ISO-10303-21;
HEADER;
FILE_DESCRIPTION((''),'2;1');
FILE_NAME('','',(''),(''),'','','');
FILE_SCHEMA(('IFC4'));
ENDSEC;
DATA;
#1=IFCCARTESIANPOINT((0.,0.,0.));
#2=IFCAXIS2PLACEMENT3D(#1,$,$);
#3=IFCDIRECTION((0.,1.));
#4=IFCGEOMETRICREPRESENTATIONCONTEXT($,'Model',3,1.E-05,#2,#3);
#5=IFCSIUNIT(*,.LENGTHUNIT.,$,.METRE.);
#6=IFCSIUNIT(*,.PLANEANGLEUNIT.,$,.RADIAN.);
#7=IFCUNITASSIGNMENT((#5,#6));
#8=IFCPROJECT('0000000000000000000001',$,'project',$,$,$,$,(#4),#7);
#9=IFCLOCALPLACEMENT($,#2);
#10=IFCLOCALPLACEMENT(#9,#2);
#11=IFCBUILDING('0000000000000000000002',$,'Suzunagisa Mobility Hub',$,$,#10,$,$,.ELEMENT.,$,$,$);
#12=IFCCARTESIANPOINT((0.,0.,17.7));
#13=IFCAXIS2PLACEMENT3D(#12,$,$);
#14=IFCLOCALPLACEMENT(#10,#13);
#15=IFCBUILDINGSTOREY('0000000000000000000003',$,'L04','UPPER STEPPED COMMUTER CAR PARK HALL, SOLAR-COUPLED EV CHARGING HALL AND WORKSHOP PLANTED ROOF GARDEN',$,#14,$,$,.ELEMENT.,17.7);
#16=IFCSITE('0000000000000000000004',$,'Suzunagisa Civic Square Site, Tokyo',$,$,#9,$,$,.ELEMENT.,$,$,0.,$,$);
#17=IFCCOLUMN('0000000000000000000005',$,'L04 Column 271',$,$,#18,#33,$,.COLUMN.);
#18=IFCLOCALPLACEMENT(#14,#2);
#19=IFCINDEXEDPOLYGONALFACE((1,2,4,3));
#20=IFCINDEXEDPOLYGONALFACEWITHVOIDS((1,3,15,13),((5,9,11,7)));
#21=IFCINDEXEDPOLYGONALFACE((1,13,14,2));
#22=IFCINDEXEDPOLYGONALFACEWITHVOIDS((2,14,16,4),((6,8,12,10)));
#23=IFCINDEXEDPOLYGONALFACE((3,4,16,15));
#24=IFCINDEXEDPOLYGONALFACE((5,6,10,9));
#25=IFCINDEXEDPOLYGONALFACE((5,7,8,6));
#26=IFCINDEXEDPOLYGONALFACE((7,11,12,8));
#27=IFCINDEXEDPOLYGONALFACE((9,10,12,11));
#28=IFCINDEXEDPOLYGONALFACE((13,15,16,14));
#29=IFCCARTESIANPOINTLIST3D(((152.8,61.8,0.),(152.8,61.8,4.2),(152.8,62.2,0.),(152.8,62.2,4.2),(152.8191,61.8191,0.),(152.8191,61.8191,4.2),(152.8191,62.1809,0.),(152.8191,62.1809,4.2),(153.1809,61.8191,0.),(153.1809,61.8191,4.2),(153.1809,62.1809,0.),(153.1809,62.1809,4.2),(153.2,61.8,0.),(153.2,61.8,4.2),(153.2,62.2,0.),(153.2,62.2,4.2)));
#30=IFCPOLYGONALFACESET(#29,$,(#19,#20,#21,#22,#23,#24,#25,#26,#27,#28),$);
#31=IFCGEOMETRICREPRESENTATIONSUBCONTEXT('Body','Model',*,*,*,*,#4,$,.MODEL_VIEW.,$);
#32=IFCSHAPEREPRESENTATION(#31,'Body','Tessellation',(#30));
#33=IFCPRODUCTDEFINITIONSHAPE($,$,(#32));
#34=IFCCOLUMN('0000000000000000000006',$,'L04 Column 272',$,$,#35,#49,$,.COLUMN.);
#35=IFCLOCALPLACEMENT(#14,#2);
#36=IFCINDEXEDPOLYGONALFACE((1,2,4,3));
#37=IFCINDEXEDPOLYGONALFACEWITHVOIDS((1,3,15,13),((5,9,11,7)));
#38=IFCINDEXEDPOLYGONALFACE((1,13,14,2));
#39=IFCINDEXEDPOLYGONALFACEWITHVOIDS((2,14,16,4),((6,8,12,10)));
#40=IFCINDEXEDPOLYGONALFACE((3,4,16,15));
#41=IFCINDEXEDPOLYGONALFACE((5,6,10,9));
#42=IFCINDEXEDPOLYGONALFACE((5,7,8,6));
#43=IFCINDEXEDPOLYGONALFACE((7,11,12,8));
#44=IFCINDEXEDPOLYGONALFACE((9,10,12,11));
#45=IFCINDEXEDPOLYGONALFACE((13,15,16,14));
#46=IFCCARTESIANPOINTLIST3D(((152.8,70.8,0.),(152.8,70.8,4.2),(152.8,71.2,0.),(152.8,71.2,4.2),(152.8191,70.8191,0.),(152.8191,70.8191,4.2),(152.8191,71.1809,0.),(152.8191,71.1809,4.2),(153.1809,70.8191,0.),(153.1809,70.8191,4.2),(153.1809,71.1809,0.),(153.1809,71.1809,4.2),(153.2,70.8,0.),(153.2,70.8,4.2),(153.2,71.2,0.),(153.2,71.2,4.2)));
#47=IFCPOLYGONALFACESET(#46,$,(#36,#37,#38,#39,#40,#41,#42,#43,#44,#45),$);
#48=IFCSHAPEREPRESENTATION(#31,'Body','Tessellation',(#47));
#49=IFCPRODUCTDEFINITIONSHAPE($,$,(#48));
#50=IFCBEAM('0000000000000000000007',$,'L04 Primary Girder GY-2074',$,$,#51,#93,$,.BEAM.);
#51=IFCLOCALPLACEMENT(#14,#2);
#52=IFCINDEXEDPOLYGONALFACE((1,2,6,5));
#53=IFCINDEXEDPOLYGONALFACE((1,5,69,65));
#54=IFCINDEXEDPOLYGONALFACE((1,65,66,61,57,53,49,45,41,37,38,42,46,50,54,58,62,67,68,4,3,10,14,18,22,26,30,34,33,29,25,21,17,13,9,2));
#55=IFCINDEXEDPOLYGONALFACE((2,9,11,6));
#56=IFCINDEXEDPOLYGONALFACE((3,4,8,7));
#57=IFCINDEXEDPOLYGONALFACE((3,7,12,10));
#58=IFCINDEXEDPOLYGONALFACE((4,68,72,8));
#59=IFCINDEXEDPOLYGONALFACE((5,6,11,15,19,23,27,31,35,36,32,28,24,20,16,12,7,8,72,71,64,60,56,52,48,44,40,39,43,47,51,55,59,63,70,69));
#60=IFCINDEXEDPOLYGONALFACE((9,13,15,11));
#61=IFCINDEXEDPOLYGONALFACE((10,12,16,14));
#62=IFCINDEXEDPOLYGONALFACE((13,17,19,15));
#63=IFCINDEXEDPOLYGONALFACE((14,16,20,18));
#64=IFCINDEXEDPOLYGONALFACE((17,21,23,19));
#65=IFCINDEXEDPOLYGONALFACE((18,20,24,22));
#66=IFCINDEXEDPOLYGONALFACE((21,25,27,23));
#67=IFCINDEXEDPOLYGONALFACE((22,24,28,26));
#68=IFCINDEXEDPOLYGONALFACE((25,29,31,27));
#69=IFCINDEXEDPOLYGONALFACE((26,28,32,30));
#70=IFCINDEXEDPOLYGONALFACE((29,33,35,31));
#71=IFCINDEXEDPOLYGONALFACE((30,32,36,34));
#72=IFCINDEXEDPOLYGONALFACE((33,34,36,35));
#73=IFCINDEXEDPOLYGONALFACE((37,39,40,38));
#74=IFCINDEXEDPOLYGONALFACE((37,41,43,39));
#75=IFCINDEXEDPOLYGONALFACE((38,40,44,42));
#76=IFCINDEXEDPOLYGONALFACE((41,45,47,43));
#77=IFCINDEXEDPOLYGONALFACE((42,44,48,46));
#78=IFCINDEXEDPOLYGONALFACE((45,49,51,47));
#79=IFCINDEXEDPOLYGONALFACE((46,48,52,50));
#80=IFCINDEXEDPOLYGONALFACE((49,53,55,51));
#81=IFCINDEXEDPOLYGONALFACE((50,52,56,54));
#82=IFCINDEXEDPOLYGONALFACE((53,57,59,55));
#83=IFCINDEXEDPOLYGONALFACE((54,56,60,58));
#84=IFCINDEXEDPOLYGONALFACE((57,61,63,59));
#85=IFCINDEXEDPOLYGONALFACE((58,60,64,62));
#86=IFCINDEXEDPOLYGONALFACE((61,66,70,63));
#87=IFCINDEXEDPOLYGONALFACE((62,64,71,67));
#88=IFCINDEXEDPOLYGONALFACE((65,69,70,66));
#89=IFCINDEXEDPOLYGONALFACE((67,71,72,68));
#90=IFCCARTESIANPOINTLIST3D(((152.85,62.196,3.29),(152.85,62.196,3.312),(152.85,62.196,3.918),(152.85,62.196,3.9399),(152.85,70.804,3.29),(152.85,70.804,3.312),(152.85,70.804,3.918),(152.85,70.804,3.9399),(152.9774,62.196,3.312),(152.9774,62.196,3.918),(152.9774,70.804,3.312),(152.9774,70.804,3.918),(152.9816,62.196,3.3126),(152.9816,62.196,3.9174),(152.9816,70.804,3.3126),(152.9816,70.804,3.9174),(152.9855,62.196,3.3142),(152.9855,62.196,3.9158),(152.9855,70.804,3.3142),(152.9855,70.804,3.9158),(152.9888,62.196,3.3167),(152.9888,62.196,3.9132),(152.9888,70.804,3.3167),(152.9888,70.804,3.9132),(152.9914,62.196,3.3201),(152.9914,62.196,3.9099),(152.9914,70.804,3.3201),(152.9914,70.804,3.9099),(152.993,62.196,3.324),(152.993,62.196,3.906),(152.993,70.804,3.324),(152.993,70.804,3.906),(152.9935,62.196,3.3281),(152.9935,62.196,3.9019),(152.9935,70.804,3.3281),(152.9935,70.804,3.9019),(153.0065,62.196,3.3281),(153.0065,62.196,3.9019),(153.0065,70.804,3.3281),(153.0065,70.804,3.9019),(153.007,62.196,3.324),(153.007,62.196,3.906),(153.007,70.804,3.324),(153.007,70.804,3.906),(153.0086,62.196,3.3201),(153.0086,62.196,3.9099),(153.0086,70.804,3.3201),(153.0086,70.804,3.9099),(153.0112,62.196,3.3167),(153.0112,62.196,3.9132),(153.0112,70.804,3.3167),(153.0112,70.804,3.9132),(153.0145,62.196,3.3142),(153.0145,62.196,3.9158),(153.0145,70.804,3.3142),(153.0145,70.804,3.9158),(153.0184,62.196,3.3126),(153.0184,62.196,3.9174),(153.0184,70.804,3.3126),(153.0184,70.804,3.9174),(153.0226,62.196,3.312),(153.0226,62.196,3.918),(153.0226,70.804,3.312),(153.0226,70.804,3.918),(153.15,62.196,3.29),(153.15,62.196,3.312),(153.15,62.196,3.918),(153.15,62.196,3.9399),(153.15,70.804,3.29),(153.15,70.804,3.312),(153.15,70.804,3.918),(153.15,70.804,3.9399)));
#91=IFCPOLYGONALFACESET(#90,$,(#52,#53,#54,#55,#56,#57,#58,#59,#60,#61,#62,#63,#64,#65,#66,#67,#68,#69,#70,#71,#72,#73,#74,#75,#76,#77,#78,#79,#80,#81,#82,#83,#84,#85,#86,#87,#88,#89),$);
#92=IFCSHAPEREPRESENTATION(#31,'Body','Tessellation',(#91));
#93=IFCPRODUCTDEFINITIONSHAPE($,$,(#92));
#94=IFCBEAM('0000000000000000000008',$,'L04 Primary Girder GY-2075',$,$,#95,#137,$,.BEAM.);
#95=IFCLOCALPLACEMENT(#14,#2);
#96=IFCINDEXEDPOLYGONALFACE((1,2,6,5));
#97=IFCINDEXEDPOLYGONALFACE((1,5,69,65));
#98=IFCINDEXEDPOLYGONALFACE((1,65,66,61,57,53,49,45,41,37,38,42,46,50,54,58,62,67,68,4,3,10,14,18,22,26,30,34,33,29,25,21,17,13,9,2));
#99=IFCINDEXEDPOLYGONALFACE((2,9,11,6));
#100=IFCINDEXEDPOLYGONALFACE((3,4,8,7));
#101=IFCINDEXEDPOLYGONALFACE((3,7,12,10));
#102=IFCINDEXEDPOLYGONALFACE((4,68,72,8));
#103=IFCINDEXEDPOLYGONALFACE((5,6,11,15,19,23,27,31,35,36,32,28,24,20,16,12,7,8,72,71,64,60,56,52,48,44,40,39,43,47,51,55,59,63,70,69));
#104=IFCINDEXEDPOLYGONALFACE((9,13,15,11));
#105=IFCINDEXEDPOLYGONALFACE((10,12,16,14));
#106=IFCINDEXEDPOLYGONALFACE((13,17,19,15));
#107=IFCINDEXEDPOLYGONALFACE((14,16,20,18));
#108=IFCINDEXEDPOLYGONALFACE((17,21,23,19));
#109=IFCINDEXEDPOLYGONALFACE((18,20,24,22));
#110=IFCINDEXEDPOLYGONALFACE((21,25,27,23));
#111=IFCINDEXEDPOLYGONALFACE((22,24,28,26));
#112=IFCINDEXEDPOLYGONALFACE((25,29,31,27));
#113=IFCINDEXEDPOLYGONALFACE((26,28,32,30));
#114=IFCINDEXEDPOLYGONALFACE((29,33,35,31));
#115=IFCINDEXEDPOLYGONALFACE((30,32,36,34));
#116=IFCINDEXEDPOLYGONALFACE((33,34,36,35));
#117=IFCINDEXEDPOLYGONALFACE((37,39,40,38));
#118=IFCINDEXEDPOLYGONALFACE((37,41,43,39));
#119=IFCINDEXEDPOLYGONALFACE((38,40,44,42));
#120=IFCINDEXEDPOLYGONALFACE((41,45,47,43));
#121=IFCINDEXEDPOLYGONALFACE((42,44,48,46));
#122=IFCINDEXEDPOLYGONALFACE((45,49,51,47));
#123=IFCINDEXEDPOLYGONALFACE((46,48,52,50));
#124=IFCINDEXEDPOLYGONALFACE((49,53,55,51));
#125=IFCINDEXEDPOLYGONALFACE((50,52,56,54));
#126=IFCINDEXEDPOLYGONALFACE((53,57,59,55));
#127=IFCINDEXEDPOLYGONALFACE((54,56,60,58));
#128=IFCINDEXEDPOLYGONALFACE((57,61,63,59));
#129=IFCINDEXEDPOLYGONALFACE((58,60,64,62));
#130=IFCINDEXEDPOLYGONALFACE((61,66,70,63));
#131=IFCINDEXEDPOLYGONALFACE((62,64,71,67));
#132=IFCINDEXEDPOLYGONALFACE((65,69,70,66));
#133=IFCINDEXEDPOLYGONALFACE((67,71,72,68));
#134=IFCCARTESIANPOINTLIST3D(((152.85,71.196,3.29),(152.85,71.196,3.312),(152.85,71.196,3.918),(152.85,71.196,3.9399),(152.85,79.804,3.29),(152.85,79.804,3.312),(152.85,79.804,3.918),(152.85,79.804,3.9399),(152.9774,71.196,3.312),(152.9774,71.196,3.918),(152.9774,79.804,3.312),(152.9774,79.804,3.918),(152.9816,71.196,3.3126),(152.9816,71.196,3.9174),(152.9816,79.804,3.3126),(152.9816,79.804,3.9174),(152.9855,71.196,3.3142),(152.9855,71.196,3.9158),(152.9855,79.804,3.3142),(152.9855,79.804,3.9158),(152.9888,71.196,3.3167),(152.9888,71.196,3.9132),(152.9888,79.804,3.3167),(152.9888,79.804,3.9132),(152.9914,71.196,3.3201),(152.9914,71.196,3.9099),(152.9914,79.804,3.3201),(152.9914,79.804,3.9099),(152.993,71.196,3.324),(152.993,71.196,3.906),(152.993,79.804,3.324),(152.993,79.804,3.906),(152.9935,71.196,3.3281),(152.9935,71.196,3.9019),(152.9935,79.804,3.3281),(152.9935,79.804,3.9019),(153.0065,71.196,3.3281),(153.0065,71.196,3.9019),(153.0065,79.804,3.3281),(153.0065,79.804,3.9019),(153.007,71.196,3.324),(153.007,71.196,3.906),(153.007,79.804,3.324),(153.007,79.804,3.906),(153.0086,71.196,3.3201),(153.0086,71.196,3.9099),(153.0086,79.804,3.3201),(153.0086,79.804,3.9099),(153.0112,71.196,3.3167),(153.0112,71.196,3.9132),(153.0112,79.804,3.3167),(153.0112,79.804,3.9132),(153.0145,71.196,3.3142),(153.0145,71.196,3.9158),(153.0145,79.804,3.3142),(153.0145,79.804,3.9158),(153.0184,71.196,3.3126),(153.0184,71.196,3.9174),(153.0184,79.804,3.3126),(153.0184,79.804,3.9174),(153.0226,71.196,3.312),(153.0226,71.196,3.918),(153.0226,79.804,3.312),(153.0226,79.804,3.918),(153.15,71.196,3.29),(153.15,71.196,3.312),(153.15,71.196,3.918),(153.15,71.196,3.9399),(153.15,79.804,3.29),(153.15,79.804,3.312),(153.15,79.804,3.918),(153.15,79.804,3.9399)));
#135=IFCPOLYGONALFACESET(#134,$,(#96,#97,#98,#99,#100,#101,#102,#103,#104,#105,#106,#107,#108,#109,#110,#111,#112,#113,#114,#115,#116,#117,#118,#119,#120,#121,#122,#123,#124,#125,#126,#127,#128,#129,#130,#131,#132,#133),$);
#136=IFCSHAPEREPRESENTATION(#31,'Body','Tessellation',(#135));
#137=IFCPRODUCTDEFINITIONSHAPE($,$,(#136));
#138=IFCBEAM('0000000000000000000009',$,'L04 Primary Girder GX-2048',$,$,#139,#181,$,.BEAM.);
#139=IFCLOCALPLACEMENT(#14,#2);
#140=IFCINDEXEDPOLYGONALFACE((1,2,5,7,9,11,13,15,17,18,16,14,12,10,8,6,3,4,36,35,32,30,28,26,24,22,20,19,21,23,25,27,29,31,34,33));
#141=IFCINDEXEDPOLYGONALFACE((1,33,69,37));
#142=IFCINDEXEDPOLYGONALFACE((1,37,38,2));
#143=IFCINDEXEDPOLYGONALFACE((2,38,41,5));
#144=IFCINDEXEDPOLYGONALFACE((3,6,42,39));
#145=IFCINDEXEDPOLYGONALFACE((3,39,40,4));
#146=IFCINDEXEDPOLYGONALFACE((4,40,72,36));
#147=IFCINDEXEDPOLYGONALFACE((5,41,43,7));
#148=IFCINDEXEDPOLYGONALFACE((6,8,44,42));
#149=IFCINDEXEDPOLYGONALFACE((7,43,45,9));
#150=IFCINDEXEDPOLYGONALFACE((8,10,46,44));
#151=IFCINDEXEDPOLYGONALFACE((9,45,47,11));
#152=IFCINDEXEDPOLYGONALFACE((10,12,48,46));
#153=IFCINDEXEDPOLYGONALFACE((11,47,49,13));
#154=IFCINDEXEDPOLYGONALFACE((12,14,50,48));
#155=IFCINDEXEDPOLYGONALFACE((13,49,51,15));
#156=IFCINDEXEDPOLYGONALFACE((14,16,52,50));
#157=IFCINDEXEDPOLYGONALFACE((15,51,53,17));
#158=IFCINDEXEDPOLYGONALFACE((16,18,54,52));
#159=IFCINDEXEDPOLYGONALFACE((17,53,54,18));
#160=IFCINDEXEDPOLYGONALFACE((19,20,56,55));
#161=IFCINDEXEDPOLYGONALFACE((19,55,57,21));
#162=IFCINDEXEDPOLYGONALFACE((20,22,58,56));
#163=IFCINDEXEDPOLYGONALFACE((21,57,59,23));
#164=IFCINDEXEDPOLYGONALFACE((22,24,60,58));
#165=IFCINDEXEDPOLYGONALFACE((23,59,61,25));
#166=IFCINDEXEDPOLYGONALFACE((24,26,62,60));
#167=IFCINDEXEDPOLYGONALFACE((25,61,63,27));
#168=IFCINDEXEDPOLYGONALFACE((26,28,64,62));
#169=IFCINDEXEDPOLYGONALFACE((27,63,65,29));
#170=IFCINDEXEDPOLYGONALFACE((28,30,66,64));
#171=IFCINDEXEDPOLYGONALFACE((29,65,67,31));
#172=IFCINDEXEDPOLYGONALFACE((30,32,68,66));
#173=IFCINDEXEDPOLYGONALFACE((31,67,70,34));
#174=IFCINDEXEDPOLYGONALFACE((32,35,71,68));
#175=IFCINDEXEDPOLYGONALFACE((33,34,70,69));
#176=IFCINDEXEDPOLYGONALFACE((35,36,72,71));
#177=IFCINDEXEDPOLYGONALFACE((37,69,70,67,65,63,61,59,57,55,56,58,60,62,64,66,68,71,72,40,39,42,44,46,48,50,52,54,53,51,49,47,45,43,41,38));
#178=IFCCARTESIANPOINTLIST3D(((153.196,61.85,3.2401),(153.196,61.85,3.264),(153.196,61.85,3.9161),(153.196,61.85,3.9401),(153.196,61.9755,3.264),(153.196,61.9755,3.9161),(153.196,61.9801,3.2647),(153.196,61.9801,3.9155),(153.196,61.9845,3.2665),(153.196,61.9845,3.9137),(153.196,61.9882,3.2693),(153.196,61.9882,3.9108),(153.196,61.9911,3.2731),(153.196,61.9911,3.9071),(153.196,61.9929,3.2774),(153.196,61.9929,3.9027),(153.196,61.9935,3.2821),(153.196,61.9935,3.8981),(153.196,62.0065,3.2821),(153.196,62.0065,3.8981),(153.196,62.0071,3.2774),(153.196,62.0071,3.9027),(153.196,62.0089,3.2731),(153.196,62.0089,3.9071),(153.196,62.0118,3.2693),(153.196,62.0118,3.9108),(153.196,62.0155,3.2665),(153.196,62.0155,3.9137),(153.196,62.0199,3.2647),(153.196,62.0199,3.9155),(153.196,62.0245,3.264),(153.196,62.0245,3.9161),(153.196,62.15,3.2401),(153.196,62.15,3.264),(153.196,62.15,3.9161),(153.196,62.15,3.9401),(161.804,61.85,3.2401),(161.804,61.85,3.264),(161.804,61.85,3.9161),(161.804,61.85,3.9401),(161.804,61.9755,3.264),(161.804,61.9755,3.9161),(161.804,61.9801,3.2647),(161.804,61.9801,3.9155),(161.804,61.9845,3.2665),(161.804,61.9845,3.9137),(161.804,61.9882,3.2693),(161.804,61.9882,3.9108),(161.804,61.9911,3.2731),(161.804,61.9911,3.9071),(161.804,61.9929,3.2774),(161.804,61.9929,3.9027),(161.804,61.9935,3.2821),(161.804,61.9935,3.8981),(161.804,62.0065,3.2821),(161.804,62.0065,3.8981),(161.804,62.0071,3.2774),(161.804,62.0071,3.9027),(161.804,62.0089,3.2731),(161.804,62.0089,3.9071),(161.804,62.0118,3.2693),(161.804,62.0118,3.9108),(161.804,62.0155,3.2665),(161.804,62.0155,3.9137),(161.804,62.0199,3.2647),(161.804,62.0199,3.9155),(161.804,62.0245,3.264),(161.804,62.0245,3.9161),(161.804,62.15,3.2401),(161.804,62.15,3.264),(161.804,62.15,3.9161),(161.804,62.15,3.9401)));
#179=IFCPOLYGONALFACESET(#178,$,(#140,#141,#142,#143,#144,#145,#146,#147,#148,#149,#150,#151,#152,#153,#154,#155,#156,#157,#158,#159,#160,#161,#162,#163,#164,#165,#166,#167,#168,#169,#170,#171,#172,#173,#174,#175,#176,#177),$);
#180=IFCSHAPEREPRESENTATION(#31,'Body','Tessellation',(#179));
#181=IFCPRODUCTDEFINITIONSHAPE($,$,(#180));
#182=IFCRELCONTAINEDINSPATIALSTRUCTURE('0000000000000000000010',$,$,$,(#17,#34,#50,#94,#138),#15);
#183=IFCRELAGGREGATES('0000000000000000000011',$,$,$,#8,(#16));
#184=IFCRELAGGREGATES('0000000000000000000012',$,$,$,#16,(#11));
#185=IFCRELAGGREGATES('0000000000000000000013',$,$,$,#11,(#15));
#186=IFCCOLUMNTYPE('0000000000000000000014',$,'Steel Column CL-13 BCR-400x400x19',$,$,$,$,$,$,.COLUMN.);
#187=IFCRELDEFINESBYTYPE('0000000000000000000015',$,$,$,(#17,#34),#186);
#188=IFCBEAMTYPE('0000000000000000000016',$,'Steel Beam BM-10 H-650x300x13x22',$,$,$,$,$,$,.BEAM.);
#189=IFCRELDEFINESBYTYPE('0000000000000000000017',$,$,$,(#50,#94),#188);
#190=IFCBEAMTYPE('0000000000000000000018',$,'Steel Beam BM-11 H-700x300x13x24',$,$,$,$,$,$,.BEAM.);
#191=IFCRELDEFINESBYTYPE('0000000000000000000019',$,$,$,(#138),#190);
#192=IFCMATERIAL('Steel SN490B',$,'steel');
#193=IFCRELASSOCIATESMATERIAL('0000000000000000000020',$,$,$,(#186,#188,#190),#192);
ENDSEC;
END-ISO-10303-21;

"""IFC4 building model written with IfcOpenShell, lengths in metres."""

from ifc_helpers import new_model, si_unit, direction, frame, origin, origin_2d, place, context, subcontext, project, spatial, hollow_rectangle, i_section, extrude, material, material_profile, profile_set, type_object, element, save


model = new_model("IFC4")

# Units and contexts
model_context = context("Model", 3, precision=1e-05, world=origin(), true_north=direction((0.0, 1.0)))
body_context = subcontext(model_context, "Body", "Model", "MODEL_VIEW")
ifc_project = project(units=[si_unit("LENGTHUNIT", "METRE"), si_unit("PLANEANGLEUNIT", "RADIAN")], contexts=[model_context])

# Site, building, storey
site_placement = place(None, origin())
site = spatial("IfcSite", under=ifc_project, at=site_placement, Name="Suzunagisa Civic Square Site, Tokyo", CompositionType="ELEMENT", RefElevation=0.0)
building_placement = place(site_placement, origin())
building = spatial("IfcBuilding", under=site, at=building_placement, Name="Suzunagisa Mobility Hub", CompositionType="ELEMENT")
storey_placement = place(building_placement, frame((0.0, 0.0, 17.7)))
storey = spatial("IfcBuildingStorey", under=building, at=storey_placement, Name="L04", Description="UPPER STEPPED COMMUTER CAR PARK HALL, SOLAR-COUPLED EV CHARGING HALL AND WORKSHOP PLANTED ROOF GARDEN", CompositionType="ELEMENT", Elevation=17.7)

# Columns
ifc_material_1 = material(Name="Steel SN490B", Category="steel")
ifc_material_profile_1 = material_profile(ifc_material_1, hollow_rectangle(XDim=0.3999, YDim=0.3999, WallThickness=0.019, at=origin_2d()), Name="BCR-400x400x19")
ifc_profile_set_1 = profile_set([ifc_material_profile_1], Name="Steel SN490B")
column_type = type_object("IfcColumnType", Name="Steel Column CL-13 BCR-400x400x19", PredefinedType="COLUMN", material=ifc_profile_set_1)
for number, where, z_axis, x_axis, name in (
    (1, (153.0, 62.0, 0.0), (0.0, 0.0, 1.0), (1.0, 0.0, 0.0), "L04 Column 271"),
    (2, (153.0, 71.0, 0.0), (0.0, 0.0, 1.0), (1.0, 0.0, 0.0), "L04 Column 272"),
):
    element("IfcColumn", number, at=place(storey_placement, frame(where, z_axis=z_axis, x_axis=x_axis)), inside=storey, type_object=column_type, Name=name, PredefinedType="COLUMN", context=body_context, shape_type="SweptSolid", body=[
        extrude(hollow_rectangle(XDim=0.3999, YDim=0.3999, WallThickness=0.019, at=origin_2d()), origin(), (0.0, 0.0, 1.0), 4.2),
    ])

# Beams
ifc_material_profile_2 = material_profile(ifc_material_1, i_section(OverallWidth=0.3, OverallDepth=0.6499, WebThickness=0.0129, FlangeThickness=0.022, FilletRadius=0.0161, at=origin_2d()), Name="H-650x300x13x22")
ifc_profile_set_2 = profile_set([ifc_material_profile_2], Name="Steel SN490B")
beam_type_1 = type_object("IfcBeamType", Name="Steel Beam BM-10 H-650x300x13x22", PredefinedType="BEAM", material=ifc_profile_set_2)
for number, where, z_axis, x_axis, name in (
    (3, (153.0, 62.196, 3.615), (0.0, 1.0, 0.0), (-1.0, 0.0, 0.0), "L04 Primary Girder GY-2074"),
    (4, (153.0, 71.196, 3.615), (0.0, 1.0, 0.0), (-1.0, 0.0, 0.0), "L04 Primary Girder GY-2075"),
):
    element("IfcBeam", number, at=place(storey_placement, frame(where, z_axis=z_axis, x_axis=x_axis)), inside=storey, type_object=beam_type_1, Name=name, PredefinedType="BEAM", context=body_context, shape_type="SweptSolid", body=[
        extrude(i_section(OverallWidth=0.3, OverallDepth=0.6499, WebThickness=0.0129, FlangeThickness=0.022, FilletRadius=0.0161, at=origin_2d()), origin(), (0.0, 0.0, 1.0), 8.6079),
    ])
ifc_material_profile_3 = material_profile(ifc_material_1, i_section(OverallWidth=0.3, OverallDepth=0.7, WebThickness=0.0129, FlangeThickness=0.0239, FilletRadius=0.0181, at=origin_2d()), Name="H-700x300x13x24")
ifc_profile_set_3 = profile_set([ifc_material_profile_3], Name="Steel SN490B")
beam_type_2 = type_object("IfcBeamType", Name="Steel Beam BM-11 H-700x300x13x24", PredefinedType="BEAM", material=ifc_profile_set_3)
for number, where, z_axis, x_axis, name in (
    (5, (153.196, 62.0, 3.5901), (1.0, 0.0, 0.0), (0.0, 1.0, 0.0), "L04 Primary Girder GX-2048"),
):
    element("IfcBeam", number, at=place(storey_placement, frame(where, z_axis=z_axis, x_axis=x_axis)), inside=storey, type_object=beam_type_2, Name=name, PredefinedType="BEAM", context=body_context, shape_type="SweptSolid", body=[
        extrude(i_section(OverallWidth=0.3, OverallDepth=0.7, WebThickness=0.0129, FlangeThickness=0.0239, FilletRadius=0.0181, at=origin_2d()), origin(), (0.0, 0.0, 1.0), 8.6079),
    ])

save(model, "model.ifc")
